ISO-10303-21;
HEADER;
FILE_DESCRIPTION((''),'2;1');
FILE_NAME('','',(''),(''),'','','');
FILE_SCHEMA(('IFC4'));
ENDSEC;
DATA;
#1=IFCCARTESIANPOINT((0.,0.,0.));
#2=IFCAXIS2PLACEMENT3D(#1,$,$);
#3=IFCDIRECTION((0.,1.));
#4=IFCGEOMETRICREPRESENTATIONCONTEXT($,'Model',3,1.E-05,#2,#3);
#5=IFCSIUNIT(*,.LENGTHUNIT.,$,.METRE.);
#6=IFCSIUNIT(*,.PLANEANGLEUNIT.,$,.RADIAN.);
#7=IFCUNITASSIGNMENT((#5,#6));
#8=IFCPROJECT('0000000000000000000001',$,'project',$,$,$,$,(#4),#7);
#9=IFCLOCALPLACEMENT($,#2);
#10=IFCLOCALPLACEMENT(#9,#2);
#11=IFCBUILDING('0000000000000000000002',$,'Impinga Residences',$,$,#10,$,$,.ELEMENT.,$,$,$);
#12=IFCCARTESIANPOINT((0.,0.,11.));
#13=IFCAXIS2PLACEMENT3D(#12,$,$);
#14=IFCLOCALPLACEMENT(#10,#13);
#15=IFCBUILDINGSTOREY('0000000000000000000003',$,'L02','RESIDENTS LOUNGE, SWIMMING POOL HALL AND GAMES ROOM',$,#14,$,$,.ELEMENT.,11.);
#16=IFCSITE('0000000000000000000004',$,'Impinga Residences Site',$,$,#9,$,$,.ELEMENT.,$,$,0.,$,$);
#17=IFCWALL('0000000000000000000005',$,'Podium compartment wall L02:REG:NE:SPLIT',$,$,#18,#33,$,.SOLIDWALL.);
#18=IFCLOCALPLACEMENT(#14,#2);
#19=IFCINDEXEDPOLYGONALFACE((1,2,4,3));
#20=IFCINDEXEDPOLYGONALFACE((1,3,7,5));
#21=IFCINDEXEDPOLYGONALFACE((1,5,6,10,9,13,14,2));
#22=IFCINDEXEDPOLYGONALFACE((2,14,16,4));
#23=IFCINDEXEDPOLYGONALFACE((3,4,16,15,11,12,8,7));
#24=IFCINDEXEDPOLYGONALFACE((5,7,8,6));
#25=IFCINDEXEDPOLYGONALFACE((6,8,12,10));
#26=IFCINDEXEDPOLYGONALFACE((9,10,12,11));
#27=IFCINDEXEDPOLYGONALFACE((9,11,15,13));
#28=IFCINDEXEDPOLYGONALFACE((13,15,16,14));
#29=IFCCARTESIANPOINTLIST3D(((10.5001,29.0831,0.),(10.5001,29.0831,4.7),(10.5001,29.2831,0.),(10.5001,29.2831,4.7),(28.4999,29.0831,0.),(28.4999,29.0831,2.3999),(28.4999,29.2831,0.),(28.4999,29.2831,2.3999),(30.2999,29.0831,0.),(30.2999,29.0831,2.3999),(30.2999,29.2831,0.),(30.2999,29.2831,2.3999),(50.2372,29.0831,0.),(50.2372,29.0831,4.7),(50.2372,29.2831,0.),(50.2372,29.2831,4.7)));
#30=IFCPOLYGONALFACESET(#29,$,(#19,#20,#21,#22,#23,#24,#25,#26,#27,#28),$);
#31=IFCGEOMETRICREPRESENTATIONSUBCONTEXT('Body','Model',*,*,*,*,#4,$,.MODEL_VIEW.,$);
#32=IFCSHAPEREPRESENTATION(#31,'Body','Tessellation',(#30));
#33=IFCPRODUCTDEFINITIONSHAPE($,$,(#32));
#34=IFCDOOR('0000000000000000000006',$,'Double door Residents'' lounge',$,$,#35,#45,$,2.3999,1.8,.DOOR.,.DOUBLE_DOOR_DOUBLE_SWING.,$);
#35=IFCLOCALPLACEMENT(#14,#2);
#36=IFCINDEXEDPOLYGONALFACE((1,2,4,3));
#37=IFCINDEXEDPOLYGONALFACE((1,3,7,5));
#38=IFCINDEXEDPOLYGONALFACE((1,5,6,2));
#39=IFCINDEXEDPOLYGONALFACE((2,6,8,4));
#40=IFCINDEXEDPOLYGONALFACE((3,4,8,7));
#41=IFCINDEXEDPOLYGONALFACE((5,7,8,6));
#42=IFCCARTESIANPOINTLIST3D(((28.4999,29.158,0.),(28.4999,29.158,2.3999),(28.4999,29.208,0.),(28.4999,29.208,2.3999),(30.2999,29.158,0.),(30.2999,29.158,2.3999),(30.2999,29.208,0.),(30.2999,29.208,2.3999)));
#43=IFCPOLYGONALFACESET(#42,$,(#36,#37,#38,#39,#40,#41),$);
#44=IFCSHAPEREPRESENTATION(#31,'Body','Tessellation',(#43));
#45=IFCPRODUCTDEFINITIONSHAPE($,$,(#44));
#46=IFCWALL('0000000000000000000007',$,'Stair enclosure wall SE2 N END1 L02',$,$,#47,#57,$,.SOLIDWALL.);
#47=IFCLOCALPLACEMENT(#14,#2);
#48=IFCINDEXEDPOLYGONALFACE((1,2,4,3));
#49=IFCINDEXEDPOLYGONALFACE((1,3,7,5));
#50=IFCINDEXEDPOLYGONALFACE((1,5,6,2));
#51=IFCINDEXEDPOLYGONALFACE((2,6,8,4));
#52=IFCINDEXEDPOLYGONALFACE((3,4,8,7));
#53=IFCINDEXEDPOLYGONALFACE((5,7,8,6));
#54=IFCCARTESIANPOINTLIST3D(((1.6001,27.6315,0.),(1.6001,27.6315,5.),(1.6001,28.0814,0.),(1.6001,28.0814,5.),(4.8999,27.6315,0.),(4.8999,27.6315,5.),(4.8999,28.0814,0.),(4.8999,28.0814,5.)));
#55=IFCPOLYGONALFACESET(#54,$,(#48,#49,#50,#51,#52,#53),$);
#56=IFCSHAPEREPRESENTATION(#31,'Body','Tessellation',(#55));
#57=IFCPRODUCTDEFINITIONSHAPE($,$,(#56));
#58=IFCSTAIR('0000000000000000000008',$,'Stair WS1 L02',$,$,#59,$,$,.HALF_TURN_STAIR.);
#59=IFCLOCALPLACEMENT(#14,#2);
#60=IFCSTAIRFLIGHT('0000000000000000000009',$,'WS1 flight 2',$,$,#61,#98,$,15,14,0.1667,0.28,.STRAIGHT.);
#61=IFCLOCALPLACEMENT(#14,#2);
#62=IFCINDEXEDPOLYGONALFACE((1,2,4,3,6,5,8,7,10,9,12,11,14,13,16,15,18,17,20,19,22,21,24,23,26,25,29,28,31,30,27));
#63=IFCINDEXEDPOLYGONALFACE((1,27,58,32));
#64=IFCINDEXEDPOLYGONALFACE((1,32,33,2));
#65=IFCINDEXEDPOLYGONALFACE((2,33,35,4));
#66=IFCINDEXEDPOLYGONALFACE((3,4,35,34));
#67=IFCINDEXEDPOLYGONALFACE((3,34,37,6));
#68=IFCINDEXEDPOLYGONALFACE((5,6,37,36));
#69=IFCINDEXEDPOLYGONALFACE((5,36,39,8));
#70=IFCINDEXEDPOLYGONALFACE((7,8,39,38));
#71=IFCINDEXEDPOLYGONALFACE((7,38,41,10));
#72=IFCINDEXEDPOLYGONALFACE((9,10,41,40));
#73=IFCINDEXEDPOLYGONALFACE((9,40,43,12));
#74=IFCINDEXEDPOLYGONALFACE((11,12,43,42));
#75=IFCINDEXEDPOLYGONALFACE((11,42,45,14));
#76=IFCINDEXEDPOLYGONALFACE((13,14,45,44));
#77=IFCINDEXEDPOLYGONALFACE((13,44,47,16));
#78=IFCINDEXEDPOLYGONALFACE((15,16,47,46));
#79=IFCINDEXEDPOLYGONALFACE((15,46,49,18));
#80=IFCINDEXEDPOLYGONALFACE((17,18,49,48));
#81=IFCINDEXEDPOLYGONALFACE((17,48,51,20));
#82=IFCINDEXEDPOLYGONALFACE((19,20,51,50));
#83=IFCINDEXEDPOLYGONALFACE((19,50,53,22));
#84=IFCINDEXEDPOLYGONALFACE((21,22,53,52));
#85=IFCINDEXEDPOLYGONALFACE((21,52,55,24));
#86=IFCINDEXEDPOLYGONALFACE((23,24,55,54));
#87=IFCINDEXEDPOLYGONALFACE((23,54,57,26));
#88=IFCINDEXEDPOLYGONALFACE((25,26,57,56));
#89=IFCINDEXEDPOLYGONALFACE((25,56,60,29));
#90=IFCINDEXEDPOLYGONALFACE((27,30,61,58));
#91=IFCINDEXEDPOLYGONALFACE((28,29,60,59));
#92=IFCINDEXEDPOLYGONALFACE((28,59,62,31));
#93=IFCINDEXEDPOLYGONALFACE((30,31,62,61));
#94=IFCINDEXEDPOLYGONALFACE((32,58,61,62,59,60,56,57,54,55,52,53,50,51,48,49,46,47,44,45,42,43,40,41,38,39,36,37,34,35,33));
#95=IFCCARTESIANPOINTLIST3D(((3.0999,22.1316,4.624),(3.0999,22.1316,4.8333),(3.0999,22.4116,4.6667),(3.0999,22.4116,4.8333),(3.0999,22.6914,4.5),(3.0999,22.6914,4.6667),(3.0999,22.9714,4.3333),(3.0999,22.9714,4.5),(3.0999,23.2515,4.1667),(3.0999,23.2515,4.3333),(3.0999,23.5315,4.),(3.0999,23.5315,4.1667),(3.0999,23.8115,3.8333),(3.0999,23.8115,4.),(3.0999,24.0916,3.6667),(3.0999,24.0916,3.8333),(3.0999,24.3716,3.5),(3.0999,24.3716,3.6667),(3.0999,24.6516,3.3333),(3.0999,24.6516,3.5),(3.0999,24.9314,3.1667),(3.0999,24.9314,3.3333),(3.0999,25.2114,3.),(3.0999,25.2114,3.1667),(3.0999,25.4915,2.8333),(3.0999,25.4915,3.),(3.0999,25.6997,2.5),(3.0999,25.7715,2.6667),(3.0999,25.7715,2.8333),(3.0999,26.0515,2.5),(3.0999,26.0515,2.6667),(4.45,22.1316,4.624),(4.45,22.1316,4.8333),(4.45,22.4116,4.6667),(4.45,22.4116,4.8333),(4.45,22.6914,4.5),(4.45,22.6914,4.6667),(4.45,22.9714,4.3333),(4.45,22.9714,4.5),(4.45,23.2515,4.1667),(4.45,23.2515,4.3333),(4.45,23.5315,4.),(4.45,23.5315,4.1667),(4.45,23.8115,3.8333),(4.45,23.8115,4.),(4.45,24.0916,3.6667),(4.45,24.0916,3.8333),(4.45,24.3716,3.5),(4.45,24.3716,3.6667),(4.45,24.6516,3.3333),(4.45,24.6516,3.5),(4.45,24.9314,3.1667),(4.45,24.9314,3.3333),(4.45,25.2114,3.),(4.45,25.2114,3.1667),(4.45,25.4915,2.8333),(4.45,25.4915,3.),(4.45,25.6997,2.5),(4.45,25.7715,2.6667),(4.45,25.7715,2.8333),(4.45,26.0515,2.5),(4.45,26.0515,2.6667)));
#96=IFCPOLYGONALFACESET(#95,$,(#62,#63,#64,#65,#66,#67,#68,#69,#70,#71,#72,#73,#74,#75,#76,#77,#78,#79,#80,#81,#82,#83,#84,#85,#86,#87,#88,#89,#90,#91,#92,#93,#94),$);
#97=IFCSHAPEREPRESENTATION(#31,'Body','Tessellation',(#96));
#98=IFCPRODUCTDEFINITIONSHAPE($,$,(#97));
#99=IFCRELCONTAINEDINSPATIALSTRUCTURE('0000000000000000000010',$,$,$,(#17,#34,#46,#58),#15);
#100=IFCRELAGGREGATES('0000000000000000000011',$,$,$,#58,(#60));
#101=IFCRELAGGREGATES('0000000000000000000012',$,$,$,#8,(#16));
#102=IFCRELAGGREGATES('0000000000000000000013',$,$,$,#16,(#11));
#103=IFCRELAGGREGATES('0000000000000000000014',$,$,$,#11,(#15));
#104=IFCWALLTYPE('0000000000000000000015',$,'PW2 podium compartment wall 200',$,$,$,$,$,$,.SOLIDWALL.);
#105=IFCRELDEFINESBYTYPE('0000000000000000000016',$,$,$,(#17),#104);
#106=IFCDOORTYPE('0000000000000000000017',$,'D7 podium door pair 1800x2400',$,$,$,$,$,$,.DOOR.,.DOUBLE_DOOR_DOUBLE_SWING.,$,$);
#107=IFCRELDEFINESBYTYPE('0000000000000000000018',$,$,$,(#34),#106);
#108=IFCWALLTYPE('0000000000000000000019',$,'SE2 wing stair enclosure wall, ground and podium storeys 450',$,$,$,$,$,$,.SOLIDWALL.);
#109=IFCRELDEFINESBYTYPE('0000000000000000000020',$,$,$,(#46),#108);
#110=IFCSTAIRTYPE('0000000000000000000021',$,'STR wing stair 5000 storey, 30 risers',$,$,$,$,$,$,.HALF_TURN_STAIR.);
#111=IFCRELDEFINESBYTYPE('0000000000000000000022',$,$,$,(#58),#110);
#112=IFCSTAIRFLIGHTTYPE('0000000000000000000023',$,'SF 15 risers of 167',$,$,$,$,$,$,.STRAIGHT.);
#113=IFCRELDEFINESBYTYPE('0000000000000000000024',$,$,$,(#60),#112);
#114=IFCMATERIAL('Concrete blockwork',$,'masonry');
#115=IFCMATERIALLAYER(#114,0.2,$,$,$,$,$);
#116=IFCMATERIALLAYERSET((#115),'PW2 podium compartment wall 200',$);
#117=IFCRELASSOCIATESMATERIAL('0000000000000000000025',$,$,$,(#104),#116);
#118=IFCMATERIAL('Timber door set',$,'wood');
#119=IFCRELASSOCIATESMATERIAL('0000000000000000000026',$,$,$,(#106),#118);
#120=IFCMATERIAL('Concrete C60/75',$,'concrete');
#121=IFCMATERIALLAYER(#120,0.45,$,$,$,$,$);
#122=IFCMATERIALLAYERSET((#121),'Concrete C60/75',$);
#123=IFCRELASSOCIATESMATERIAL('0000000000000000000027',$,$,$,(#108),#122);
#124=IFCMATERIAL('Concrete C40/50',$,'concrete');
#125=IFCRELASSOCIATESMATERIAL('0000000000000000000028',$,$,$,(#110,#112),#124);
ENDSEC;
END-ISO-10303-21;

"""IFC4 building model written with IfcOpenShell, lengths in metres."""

from ifc_helpers import new_model, si_unit, direction, frame, frame_2d, origin, place, context, subcontext, project, spatial, polyline, rectangle, outline, extrude, material, layer, layer_set, type_object, element, fill, aggregate, save


model = new_model("IFC4")

# Units and contexts
model_context = context("Model", 3, precision=1e-05, world=origin(), true_north=direction((0.0, 1.0)))
body_context = subcontext(model_context, "Body", "Model", "MODEL_VIEW")
ifc_project = project(units=[si_unit("LENGTHUNIT", "METRE"), si_unit("PLANEANGLEUNIT", "RADIAN")], contexts=[model_context])

# Site, building, storey
site_placement = place(None, origin())
site = spatial("IfcSite", under=ifc_project, at=site_placement, Name="Impinga Residences Site", CompositionType="ELEMENT", RefElevation=0.0)
building_placement = place(site_placement, origin())
building = spatial("IfcBuilding", under=site, at=building_placement, Name="Impinga Residences", CompositionType="ELEMENT")
storey_placement = place(building_placement, frame((0.0, 0.0, 11.0)))
storey = spatial("IfcBuildingStorey", under=building, at=storey_placement, Name="L02", Description="RESIDENTS LOUNGE, SWIMMING POOL HALL AND GAMES ROOM", CompositionType="ELEMENT", Elevation=11.0)

# Shared definitions
ifc_material_1 = material(Name="Concrete C60/75", Category="concrete")

# Shared definitions
ifc_material_2 = material(Name="Timber door set", Category="wood")

# Wall, opening, door
ifc_material_3 = material(Name="Concrete blockwork", Category="masonry")
ifc_layer_1 = layer(ifc_material_3, 0.2)
ifc_layer_set_1 = layer_set([ifc_layer_1], Name="PW2 podium compartment wall 200")
wall_type_1 = type_object("IfcWallType", Name="PW2 podium compartment wall 200", PredefinedType="SOLIDWALL", material=ifc_layer_set_1)
wall_1_placement = place(storey_placement, frame((10.5, 29.1831, 0.0), z_axis=(0.0, 0.0, 1.0), x_axis=(1.0, 0.0, 0.0)))
wall_1 = element("IfcWall", 1, at=wall_1_placement, inside=storey, type_object=wall_type_1, Name="Podium compartment wall L02:REG:NE:SPLIT", PredefinedType="SOLIDWALL", context=body_context, shape_type="SweptSolid", body=[
    extrude(rectangle(XDim=39.7371, YDim=0.2, at=frame_2d((19.8687, 0.0))), origin(), (0.0, 0.0, 1.0), 4.7),
])
opening_1_placement = place(wall_1_placement, frame((18.0, 0.0, 0.0)))
opening_1 = element("IfcOpeningElement", 2, at=opening_1_placement, cuts=wall_1, PredefinedType="OPENING", context=body_context, shape_type="SweptSolid", body=[
    extrude(rectangle(XDim=1.8, YDim=2.3999, at=frame_2d((0.8999, 1.2))), frame((0.0, 0.1099, 0.0), z_axis=(0.0, -1.0, 0.0), x_axis=(1.0, 0.0, 0.0)), (0.0, 0.0, 1.0), 0.22),
])
door_type_1 = type_object("IfcDoorType", Name="D7 podium door pair 1800x2400", OperationType="DOUBLE_DOOR_DOUBLE_SWING", PredefinedType="DOOR", material=ifc_material_2)
door_1_placement = place(opening_1_placement, origin())
door_1 = element("IfcDoor", 3, at=door_1_placement, inside=storey, type_object=door_type_1, Name="Double door Residents' lounge", OperationType="DOUBLE_DOOR_DOUBLE_SWING", OverallHeight=2.3999, OverallWidth=1.8, PredefinedType="DOOR", context=body_context, shape_type="SweptSolid", body=[
    extrude(rectangle(XDim=1.8, YDim=2.3999, at=frame_2d((0.8999, 1.2))), frame((0.0, 0.0249, 0.0), z_axis=(0.0, -1.0, 0.0), x_axis=(1.0, 0.0, 0.0)), (0.0, 0.0, 1.0), 0.05),
])
fill(opening_1, door_1)

# Wall
ifc_layer_2 = layer(ifc_material_1, 0.45)
ifc_layer_set_2 = layer_set([ifc_layer_2], Name="Concrete C60/75")
wall_type_2 = type_object("IfcWallType", Name="SE2 wing stair enclosure wall, ground and podium storeys 450", PredefinedType="SOLIDWALL", material=ifc_layer_set_2)
wall_2_placement = place(storey_placement, frame((1.6001, 27.8564, 0.0), z_axis=(0.0, 0.0, 1.0), x_axis=(1.0, 0.0, 0.0)))
element("IfcWall", 4, at=wall_2_placement, inside=storey, type_object=wall_type_2, Name="Stair enclosure wall SE2 N END1 L02", PredefinedType="SOLIDWALL", context=body_context, shape_type="SweptSolid", body=[
    extrude(rectangle(XDim=3.2998, YDim=0.45, at=frame_2d((1.6499, 0.0))), origin(), (0.0, 0.0, 1.0), 5.0),
])

# Stair, stair flight
ifc_material_4 = material(Name="Concrete C40/50", Category="concrete")
stair_type = type_object("IfcStairType", Name="STR wing stair 5000 storey, 30 risers", PredefinedType="HALF_TURN_STAIR", material=ifc_material_4)
stair_placement = place(storey_placement, origin())
stair = element("IfcStair", 5, at=stair_placement, inside=storey, type_object=stair_type, Name="Stair WS1 L02", PredefinedType="HALF_TURN_STAIR")
stair_flight_type = type_object("IfcStairFlightType", Name="SF 15 risers of 167", PredefinedType="STRAIGHT", material=ifc_material_4)
stair_flight_placement = place(storey_placement, frame((3.7749, 26.0515, 2.5), z_axis=(0.0, 0.0, 1.0), x_axis=(0.0, -1.0, 0.0)))
stair_flight = element("IfcStairFlight", 6, at=stair_flight_placement, type_object=stair_flight_type, Name="WS1 flight 2", NumberOfRisers=15, NumberOfTreads=14, PredefinedType="STRAIGHT", RiserHeight=0.1667, TreadLength=0.28, context=body_context, shape_type="SweptSolid", body=[
    extrude(outline(polyline([(0.0, 0.0), (0.0, 0.1667), (0.28, 0.1667), (0.28, 0.3333), (0.5601, 0.3333), (0.5601, 0.5), (0.8401, 0.5), (0.8401, 0.6667), (1.1201, 0.6667), (1.1201, 0.8333), (1.3999, 0.8333), (1.3999, 1.0), (1.6799, 1.0), (1.6799, 1.1667), (1.96, 1.1667), (1.96, 1.3333), (2.24, 1.3333), (2.24, 1.5), (2.52, 1.5), (2.52, 1.6667), (2.8, 1.6667), (2.8, 1.8333), (3.0801, 1.8333), (3.0801, 2.0), (3.3601, 2.0), (3.3601, 2.1667), (3.6399, 2.1667), (3.6399, 2.3333), (3.9199, 2.3333), (3.9199, 2.5), (3.9199, 2.124), (0.3518, 0.0), (0.0, 0.0)])), frame((0.0, 0.675, 0.0), z_axis=(0.0, -1.0, 0.0), x_axis=(1.0, 0.0, 0.0)), (0.0, 0.0, 1.0), 1.3501),
])
aggregate(stair, [stair_flight])

save(model, "model.ifc")
